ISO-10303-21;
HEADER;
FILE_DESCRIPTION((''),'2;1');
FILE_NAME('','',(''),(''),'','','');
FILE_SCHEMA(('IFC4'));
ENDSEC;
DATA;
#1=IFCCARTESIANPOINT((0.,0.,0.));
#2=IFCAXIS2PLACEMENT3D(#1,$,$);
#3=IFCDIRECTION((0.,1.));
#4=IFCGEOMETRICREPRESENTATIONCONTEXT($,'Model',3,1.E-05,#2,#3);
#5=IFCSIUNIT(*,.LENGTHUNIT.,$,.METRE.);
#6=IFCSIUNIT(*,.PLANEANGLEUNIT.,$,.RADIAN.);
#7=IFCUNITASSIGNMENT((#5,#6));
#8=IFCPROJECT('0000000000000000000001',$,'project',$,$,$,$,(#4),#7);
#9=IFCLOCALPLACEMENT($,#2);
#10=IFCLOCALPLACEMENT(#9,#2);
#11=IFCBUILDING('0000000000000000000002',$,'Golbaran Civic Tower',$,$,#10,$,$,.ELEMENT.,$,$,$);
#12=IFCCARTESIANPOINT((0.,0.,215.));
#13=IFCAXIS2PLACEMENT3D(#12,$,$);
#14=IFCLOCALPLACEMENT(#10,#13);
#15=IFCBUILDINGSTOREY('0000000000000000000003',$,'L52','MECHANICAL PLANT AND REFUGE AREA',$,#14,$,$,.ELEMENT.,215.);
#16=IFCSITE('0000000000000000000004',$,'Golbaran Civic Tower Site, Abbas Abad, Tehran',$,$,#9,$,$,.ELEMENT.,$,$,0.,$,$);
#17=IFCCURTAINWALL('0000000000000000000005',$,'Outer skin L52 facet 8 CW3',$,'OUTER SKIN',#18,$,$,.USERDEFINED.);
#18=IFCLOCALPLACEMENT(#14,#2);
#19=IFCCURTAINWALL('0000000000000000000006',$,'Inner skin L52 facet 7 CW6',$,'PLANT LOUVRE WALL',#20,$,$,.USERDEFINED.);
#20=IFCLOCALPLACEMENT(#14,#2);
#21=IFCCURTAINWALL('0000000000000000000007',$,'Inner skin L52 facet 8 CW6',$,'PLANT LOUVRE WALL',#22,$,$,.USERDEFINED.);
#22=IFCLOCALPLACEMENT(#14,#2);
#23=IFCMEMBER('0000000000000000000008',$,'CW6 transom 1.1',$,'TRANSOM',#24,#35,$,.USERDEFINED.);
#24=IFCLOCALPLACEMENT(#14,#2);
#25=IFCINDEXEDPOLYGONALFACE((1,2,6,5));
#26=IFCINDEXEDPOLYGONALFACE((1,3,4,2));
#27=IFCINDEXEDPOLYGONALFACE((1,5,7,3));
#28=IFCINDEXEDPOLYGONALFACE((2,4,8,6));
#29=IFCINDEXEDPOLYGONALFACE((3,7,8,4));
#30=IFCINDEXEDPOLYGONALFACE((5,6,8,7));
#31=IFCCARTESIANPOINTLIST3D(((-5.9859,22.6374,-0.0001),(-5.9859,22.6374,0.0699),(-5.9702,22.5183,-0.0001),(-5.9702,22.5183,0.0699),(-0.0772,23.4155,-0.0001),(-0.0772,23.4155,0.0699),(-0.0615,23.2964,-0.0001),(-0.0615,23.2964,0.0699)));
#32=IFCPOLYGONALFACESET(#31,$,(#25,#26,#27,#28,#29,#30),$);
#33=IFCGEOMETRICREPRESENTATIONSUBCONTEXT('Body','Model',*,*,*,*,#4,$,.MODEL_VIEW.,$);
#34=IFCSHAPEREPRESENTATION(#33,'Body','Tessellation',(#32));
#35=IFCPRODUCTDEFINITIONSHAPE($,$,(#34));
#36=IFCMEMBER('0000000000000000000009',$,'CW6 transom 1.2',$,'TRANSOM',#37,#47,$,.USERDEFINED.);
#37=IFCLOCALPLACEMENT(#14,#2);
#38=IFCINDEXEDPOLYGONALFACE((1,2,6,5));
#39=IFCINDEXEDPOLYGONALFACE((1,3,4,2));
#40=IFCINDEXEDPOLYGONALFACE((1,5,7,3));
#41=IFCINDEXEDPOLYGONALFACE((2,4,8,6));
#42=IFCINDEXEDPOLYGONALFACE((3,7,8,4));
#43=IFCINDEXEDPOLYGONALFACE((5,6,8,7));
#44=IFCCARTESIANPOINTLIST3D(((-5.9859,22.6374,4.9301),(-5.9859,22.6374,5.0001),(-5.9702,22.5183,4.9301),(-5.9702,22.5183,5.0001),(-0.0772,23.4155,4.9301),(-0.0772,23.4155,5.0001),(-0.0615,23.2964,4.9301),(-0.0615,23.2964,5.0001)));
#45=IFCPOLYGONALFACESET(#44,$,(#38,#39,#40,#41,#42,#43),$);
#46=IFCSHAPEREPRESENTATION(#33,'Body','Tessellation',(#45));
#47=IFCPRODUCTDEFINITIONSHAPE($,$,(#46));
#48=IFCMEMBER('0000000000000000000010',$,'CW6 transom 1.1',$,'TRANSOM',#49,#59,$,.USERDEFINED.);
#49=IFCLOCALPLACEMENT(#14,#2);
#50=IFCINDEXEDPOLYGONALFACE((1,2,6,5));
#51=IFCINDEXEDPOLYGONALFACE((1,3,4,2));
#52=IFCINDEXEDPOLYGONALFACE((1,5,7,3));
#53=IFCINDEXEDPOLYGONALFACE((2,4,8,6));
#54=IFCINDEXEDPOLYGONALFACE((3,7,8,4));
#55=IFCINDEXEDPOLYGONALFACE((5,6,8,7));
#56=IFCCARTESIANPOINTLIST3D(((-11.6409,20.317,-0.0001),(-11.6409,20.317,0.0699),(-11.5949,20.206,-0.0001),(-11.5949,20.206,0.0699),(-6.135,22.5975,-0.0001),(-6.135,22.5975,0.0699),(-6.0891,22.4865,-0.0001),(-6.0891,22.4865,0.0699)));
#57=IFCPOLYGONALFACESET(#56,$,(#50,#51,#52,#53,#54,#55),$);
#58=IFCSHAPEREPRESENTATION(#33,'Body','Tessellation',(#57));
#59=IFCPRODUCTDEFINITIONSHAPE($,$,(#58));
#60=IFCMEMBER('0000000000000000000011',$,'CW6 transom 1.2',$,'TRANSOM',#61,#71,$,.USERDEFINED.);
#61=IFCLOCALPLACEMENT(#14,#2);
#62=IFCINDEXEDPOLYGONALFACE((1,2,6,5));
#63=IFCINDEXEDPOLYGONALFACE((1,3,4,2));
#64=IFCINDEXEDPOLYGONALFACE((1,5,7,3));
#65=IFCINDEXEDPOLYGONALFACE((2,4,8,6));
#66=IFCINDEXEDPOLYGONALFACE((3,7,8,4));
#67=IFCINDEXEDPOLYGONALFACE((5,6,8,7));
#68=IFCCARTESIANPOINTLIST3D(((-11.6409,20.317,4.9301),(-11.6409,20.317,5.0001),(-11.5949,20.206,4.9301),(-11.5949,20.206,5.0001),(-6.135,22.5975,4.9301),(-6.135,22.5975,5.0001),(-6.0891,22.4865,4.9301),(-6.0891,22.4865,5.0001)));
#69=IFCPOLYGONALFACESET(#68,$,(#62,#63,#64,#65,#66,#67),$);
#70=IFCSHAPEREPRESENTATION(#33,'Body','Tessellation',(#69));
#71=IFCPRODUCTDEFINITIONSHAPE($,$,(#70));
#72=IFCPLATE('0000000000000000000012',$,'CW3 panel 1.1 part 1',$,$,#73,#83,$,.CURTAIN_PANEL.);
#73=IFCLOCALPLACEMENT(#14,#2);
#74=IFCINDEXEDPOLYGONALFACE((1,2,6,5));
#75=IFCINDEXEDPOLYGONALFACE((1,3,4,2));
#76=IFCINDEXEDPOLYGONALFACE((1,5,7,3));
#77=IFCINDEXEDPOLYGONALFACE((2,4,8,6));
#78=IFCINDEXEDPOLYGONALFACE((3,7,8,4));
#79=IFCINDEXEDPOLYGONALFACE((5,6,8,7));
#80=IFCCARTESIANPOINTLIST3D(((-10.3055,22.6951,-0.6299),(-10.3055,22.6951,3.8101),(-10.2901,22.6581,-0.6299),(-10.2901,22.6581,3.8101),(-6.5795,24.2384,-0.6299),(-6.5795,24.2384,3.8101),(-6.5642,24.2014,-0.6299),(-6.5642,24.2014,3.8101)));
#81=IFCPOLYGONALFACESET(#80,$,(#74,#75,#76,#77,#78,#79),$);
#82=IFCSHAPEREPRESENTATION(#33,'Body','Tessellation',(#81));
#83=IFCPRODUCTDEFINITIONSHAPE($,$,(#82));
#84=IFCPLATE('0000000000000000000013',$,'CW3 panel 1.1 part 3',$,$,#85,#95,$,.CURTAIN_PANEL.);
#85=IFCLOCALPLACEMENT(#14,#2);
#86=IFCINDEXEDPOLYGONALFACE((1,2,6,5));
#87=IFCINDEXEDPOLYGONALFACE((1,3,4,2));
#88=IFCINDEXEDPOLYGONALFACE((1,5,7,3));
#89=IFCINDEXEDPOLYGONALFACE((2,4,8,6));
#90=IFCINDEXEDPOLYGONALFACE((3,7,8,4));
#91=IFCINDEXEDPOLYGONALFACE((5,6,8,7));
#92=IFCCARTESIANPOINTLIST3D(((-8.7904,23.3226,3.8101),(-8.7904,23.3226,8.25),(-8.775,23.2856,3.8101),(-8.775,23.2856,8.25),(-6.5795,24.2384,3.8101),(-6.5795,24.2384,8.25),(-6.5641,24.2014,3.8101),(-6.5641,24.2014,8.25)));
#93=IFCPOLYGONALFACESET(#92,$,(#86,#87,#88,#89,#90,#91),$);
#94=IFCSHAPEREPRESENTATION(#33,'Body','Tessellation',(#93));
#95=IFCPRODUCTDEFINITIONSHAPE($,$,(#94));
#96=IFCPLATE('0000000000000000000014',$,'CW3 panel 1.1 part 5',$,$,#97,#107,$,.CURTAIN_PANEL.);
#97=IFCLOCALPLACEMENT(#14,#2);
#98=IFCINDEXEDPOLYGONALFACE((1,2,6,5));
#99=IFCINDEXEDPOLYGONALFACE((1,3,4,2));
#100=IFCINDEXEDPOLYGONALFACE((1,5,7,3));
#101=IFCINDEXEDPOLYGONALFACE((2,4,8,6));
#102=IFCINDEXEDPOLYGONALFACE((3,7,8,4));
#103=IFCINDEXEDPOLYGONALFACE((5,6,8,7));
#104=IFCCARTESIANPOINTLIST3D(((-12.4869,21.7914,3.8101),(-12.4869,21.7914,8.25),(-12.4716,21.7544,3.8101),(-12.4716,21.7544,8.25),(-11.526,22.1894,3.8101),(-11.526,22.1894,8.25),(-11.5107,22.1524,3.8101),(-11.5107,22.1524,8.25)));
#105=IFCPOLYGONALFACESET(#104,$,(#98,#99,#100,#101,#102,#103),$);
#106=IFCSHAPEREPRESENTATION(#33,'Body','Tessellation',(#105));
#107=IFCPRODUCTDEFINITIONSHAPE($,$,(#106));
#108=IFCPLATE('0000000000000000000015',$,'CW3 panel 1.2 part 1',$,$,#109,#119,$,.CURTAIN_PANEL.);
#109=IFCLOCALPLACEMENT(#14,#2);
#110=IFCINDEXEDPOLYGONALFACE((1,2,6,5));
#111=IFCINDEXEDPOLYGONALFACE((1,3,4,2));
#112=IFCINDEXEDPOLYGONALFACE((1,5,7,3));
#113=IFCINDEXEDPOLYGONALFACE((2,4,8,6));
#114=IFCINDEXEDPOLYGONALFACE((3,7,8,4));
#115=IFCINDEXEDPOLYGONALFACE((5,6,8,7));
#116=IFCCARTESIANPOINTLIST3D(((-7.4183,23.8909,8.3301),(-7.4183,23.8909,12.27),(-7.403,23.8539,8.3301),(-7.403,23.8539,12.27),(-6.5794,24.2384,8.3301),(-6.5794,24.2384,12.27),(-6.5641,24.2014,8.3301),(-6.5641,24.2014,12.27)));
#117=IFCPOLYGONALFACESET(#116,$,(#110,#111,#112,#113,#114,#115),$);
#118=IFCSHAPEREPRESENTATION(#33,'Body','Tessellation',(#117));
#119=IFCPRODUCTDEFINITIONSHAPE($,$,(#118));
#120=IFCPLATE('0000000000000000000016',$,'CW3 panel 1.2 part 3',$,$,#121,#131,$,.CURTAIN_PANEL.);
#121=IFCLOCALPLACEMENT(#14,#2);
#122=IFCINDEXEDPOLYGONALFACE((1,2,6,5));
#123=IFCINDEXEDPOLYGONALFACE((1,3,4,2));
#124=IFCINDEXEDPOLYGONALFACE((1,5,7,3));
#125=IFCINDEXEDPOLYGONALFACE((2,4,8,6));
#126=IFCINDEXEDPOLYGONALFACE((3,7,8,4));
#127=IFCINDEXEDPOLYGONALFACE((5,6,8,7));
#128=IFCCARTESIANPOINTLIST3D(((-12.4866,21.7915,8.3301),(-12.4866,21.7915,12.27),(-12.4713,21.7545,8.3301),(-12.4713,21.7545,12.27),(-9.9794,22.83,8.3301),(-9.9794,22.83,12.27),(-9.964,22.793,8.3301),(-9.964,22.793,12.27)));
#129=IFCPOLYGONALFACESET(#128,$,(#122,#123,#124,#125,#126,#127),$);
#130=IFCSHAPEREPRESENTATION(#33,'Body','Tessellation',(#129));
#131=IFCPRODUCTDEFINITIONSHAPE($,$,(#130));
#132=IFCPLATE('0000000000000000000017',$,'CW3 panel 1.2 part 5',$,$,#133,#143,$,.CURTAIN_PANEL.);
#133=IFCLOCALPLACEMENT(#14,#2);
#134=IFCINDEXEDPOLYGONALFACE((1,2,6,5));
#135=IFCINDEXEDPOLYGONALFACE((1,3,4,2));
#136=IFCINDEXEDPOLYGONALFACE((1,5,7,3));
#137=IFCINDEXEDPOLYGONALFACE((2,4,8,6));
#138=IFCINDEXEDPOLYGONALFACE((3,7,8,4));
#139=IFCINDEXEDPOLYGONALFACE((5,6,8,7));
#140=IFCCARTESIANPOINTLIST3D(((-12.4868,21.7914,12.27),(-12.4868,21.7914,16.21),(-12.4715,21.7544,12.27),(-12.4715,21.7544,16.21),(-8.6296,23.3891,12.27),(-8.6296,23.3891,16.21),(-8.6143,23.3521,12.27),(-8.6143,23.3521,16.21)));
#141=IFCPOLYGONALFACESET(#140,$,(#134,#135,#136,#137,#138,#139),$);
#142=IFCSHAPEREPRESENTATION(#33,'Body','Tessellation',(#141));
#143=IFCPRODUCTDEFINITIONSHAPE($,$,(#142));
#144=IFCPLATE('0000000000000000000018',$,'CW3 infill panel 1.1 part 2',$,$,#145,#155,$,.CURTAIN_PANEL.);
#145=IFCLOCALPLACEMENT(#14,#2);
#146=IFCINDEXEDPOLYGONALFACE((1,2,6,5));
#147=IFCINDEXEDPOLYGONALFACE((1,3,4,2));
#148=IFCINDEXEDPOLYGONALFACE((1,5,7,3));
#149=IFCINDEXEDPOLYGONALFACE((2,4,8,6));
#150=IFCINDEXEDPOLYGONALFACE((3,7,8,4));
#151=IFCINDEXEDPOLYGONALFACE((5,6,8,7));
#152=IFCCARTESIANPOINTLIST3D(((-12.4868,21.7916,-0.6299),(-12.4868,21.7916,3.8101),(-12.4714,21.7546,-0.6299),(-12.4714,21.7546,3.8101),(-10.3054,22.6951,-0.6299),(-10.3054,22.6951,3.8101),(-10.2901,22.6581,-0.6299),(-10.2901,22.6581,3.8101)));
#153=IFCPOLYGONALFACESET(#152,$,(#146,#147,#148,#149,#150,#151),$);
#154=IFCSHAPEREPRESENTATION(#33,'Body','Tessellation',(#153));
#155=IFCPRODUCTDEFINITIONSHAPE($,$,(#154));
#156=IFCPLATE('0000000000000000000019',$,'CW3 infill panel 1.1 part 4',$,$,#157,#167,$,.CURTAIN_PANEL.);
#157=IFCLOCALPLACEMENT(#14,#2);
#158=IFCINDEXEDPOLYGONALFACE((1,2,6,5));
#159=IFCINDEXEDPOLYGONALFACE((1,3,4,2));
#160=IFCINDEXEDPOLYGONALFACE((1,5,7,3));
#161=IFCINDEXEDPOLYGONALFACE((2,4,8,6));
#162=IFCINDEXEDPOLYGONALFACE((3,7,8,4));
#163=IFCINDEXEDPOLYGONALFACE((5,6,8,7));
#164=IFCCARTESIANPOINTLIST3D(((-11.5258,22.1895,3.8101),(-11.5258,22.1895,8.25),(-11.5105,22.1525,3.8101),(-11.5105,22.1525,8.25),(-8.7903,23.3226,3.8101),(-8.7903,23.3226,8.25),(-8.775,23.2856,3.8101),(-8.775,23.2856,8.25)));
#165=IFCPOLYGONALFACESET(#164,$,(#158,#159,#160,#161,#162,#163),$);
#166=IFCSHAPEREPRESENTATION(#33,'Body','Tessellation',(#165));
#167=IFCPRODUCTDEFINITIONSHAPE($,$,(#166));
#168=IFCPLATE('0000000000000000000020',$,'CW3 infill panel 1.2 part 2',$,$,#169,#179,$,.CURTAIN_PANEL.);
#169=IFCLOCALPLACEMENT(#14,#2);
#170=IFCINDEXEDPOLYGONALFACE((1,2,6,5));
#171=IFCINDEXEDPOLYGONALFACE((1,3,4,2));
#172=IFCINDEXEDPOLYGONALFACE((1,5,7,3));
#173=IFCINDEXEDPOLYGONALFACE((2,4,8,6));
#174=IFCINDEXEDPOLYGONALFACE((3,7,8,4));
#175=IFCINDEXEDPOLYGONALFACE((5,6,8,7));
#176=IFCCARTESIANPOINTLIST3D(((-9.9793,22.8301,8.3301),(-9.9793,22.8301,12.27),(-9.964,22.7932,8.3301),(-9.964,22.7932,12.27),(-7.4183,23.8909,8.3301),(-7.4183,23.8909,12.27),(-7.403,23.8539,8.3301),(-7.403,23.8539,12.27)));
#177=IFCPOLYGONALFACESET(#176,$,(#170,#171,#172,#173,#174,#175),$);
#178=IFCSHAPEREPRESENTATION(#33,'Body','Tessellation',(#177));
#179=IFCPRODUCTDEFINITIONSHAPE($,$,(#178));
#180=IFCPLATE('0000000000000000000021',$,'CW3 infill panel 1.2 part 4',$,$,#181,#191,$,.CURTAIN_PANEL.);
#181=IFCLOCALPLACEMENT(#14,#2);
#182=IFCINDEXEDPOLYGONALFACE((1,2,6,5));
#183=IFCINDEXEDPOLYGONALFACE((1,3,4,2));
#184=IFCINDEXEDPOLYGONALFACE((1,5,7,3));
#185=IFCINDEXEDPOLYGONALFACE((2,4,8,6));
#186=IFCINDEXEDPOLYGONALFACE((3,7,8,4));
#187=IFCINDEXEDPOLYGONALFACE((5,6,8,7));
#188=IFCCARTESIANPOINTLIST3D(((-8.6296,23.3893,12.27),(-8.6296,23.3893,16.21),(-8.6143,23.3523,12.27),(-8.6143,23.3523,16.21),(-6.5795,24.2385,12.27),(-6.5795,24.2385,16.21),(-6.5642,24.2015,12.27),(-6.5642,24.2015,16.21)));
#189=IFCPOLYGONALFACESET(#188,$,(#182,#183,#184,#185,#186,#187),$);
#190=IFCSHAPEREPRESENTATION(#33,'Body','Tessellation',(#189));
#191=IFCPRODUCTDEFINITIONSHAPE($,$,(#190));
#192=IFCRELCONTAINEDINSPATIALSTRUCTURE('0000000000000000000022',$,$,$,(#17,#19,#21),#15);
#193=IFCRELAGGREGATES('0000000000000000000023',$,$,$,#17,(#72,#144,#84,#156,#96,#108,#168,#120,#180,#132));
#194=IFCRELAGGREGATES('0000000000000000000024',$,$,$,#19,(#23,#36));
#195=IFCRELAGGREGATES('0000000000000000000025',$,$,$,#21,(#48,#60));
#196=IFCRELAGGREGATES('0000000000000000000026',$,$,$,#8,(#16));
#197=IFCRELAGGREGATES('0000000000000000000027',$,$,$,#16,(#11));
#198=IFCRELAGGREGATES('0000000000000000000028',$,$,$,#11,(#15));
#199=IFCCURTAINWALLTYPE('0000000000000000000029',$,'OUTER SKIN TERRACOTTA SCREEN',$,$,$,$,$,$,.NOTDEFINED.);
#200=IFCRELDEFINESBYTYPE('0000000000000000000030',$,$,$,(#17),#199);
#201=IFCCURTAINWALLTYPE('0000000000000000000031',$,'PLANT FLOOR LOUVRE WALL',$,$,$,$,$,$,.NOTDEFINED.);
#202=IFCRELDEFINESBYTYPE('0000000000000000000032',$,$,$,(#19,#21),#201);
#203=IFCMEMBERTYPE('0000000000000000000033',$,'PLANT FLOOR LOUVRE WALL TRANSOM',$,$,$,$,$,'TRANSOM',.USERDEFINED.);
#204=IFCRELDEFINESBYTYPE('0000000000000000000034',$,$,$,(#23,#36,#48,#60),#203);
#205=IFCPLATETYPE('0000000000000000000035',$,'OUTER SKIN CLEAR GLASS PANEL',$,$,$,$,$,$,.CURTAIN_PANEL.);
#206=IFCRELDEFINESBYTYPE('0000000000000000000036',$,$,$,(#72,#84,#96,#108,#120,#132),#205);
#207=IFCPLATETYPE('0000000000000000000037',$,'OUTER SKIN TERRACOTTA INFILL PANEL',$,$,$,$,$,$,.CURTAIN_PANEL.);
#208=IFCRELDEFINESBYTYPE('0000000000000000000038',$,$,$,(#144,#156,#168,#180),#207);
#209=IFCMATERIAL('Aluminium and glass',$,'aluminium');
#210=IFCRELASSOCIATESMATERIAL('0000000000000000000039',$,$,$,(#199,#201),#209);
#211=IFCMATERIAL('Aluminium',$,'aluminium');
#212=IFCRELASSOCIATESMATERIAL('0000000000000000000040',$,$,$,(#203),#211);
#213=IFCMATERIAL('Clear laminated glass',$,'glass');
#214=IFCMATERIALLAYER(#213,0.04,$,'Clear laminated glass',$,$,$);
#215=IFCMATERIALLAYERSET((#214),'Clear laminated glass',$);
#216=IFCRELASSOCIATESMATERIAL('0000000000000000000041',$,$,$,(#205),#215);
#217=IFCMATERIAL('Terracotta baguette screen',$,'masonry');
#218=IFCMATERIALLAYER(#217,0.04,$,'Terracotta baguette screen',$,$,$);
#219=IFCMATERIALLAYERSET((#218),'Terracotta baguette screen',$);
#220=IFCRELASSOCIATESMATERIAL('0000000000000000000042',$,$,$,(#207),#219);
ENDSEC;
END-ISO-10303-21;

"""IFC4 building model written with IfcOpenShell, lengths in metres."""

from ifc_helpers import new_model, si_unit, direction, frame, origin, origin_2d, place, context, subcontext, project, spatial, rectangle, extrude, material, layer, layer_set, material_profile, profile_set, type_object, element, aggregate, save


model = new_model("IFC4")

# Units and contexts
model_context = context("Model", 3, precision=1e-05, world=origin(), true_north=direction((0.0, 1.0)))
body_context = subcontext(model_context, "Body", "Model", "MODEL_VIEW")
ifc_project = project(units=[si_unit("LENGTHUNIT", "METRE"), si_unit("PLANEANGLEUNIT", "RADIAN")], contexts=[model_context])

# Site, building, storey
site_placement = place(None, origin())
site = spatial("IfcSite", under=ifc_project, at=site_placement, Name="Golbaran Civic Tower Site, Abbas Abad, Tehran", CompositionType="ELEMENT", RefElevation=0.0)
building_placement = place(site_placement, origin())
building = spatial("IfcBuilding", under=site, at=building_placement, Name="Golbaran Civic Tower", CompositionType="ELEMENT")
storey_placement = place(building_placement, frame((0.0, 0.0, 215.0)))
storey = spatial("IfcBuildingStorey", under=building, at=storey_placement, Name="L52", Description="MECHANICAL PLANT AND REFUGE AREA", CompositionType="ELEMENT", Elevation=215.0)

# Curtain wall
ifc_material_1 = material(Name="Aluminium and glass", Category="aluminium")
curtain_wall_type_1 = type_object("IfcCurtainWallType", Name="OUTER SKIN TERRACOTTA SCREEN", PredefinedType="NOTDEFINED", material=ifc_material_1)
ifc_material_2 = material(Name="Aluminium", Category="aluminium")
curtain_wall_1_placement = place(storey_placement, origin())
curtain_wall_1 = element("IfcCurtainWall", 1, at=curtain_wall_1_placement, inside=storey, type_object=curtain_wall_type_1, Name="Outer skin L52 facet 8 CW3", ObjectType="OUTER SKIN", PredefinedType="USERDEFINED")

# Curtain wall
curtain_wall_type_2 = type_object("IfcCurtainWallType", Name="PLANT FLOOR LOUVRE WALL", PredefinedType="NOTDEFINED", material=ifc_material_1)
curtain_wall_2_placement = place(storey_placement, origin())
curtain_wall_2 = element("IfcCurtainWall", 2, at=curtain_wall_2_placement, inside=storey, type_object=curtain_wall_type_2, Name="Inner skin L52 facet 7 CW6", ObjectType="PLANT LOUVRE WALL", PredefinedType="USERDEFINED")

# Curtain wall
curtain_wall_3_placement = place(storey_placement, origin())
curtain_wall_3 = element("IfcCurtainWall", 3, at=curtain_wall_3_placement, inside=storey, type_object=curtain_wall_type_2, Name="Inner skin L52 facet 8 CW6", ObjectType="PLANT LOUVRE WALL", PredefinedType="USERDEFINED")

# Members
ifc_material_profile_1 = material_profile(ifc_material_2, rectangle(XDim=0.1201, YDim=0.0701, at=origin_2d()), Name="PLANT FLOOR LOUVRE WALL TRANSOM")
ifc_profile_set_1 = profile_set([ifc_material_profile_1], Name="Aluminium")
member_type_1 = type_object("IfcMemberType", Name="PLANT FLOOR LOUVRE WALL TRANSOM", ElementType="TRANSOM", PredefinedType="USERDEFINED", material=ifc_profile_set_1)
member_1_placement = place(storey_placement, frame((-0.0693, 23.356, 0.0349), z_axis=(-0.991441, -0.130556, 0.0), x_axis=(0.130556, -0.991441, 0.0)))
member_1 = element("IfcMember", 4, at=member_1_placement, type_object=member_type_1, Name="CW6 transom 1.1", ObjectType="TRANSOM", PredefinedType="USERDEFINED", context=body_context, shape_type="SweptSolid", body=[
    extrude(rectangle(XDim=0.1201, YDim=0.0701, at=origin_2d()), origin(), (0.0, 0.0, 1.0), 5.9597),
])
member_2_placement = place(storey_placement, frame((-0.0693, 23.356, 4.9651), z_axis=(-0.991441, -0.130556, 0.0), x_axis=(0.130556, -0.991441, 0.0)))
member_2 = element("IfcMember", 5, at=member_2_placement, type_object=member_type_1, Name="CW6 transom 1.2", ObjectType="TRANSOM", PredefinedType="USERDEFINED", context=body_context, shape_type="SweptSolid", body=[
    extrude(rectangle(XDim=0.1201, YDim=0.0701, at=origin_2d()), origin(), (0.0, 0.0, 1.0), 5.9597),
])
member_3_placement = place(storey_placement, frame((-6.1121, 22.542, 0.0349), z_axis=(-0.923885, -0.382671, 0.0), x_axis=(0.382671, -0.923885, 0.0)))
member_3 = element("IfcMember", 6, at=member_3_placement, type_object=member_type_1, Name="CW6 transom 1.1", ObjectType="TRANSOM", PredefinedType="USERDEFINED", context=body_context, shape_type="SweptSolid", body=[
    extrude(rectangle(XDim=0.1201, YDim=0.0701, at=origin_2d()), origin(), (0.0, 0.0, 1.0), 5.9595),
])
member_4_placement = place(storey_placement, frame((-6.1121, 22.542, 4.9651), z_axis=(-0.923885, -0.382671, 0.0), x_axis=(0.382671, -0.923885, 0.0)))
member_4 = element("IfcMember", 7, at=member_4_placement, type_object=member_type_1, Name="CW6 transom 1.2", ObjectType="TRANSOM", PredefinedType="USERDEFINED", context=body_context, shape_type="SweptSolid", body=[
    extrude(rectangle(XDim=0.1201, YDim=0.0701, at=origin_2d()), origin(), (0.0, 0.0, 1.0), 5.9595),
])

# Plates
ifc_material_3 = material(Name="Clear laminated glass", Category="glass")
ifc_layer_1 = layer(ifc_material_3, 0.04, Name="Clear laminated glass")
ifc_layer_set_1 = layer_set([ifc_layer_1], Name="Clear laminated glass")
plate_type_1 = type_object("IfcPlateType", Name="OUTER SKIN CLEAR GLASS PANEL", PredefinedType="CURTAIN_PANEL", material=ifc_layer_set_1)
plate_1_placement = place(storey_placement, frame((-8.4348, 23.4482, -0.6299), z_axis=(0.0, 0.0, 1.0), x_axis=(-0.92388, -0.382683, 0.0)))
plate_1 = element("IfcPlate", 8, at=plate_1_placement, type_object=plate_type_1, Name="CW3 panel 1.1 part 1", PredefinedType="CURTAIN_PANEL", context=body_context, shape_type="SweptSolid", body=[
    extrude(rectangle(XDim=4.033, YDim=0.04, at=origin_2d()), origin(), (0.0, 0.0, 1.0), 4.4399),
])
plate_2_placement = place(storey_placement, frame((-7.6772, 23.762, 3.8101), z_axis=(0.0, 0.0, 1.0), x_axis=(-0.92388, -0.382683, 0.0)))
plate_2 = element("IfcPlate", 9, at=plate_2_placement, type_object=plate_type_1, Name="CW3 panel 1.1 part 3", PredefinedType="CURTAIN_PANEL", context=body_context, shape_type="SweptSolid", body=[
    extrude(rectangle(XDim=2.3931, YDim=0.04, at=origin_2d()), origin(), (0.0, 0.0, 1.0), 4.4399),
])
plate_3_placement = place(storey_placement, frame((-11.9988, 21.9719, 3.8101), z_axis=(0.0, 0.0, 1.0), x_axis=(-0.92388, -0.382683, 0.0)))
plate_3 = element("IfcPlate", 10, at=plate_3_placement, type_object=plate_type_1, Name="CW3 panel 1.1 part 5", PredefinedType="CURTAIN_PANEL", context=body_context, shape_type="SweptSolid", body=[
    extrude(rectangle(XDim=1.04, YDim=0.04, at=origin_2d()), origin(), (0.0, 0.0, 1.0), 4.4399),
])
plate_4_placement = place(storey_placement, frame((-6.9912, 24.0461, 8.3301), z_axis=(0.0, 0.0, 1.0), x_axis=(-0.92388, -0.382683, 0.0)))
plate_4 = element("IfcPlate", 11, at=plate_4_placement, type_object=plate_type_1, Name="CW3 panel 1.2 part 1", PredefinedType="CURTAIN_PANEL", context=body_context, shape_type="SweptSolid", body=[
    extrude(rectangle(XDim=0.908, YDim=0.04, at=origin_2d()), origin(), (0.0, 0.0, 1.0), 3.9399),
])
plate_5_placement = place(storey_placement, frame((-11.2253, 22.2922, 8.3301), z_axis=(0.0, 0.0, 1.0), x_axis=(-0.92388, -0.382683, 0.0)))
plate_5 = element("IfcPlate", 12, at=plate_5_placement, type_object=plate_type_1, Name="CW3 panel 1.2 part 3", PredefinedType="CURTAIN_PANEL", context=body_context, shape_type="SweptSolid", body=[
    extrude(rectangle(XDim=2.7139, YDim=0.04, at=origin_2d()), origin(), (0.0, 0.0, 1.0), 3.9399),
])
plate_6_placement = place(storey_placement, frame((-10.5505, 22.5718, 12.27), z_axis=(0.0, 0.0, 1.0), x_axis=(-0.92388, -0.382683, 0.0)))
plate_6 = element("IfcPlate", 13, at=plate_6_placement, type_object=plate_type_1, Name="CW3 panel 1.2 part 5", PredefinedType="CURTAIN_PANEL", context=body_context, shape_type="SweptSolid", body=[
    extrude(rectangle(XDim=4.175, YDim=0.04, at=origin_2d()), origin(), (0.0, 0.0, 1.0), 3.9399),
])
ifc_material_4 = material(Name="Terracotta baguette screen", Category="masonry")
ifc_layer_2 = layer(ifc_material_4, 0.04, Name="Terracotta baguette screen")
ifc_layer_set_2 = layer_set([ifc_layer_2], Name="Terracotta baguette screen")
plate_type_2 = type_object("IfcPlateType", Name="OUTER SKIN TERRACOTTA INFILL PANEL", PredefinedType="CURTAIN_PANEL", material=ifc_layer_set_2)
plate_7_placement = place(storey_placement, frame((-11.3884, 22.2249, -0.6299), z_axis=(0.0, 0.0, 1.0), x_axis=(-0.92388, -0.382683, 0.0)))
plate_7 = element("IfcPlate", 14, at=plate_7_placement, type_object=plate_type_2, Name="CW3 infill panel 1.1 part 2", PredefinedType="CURTAIN_PANEL", context=body_context, shape_type="SweptSolid", body=[
    extrude(rectangle(XDim=2.3611, YDim=0.04, at=origin_2d()), origin(), (0.0, 0.0, 1.0), 4.4399),
])
plate_8_placement = place(storey_placement, frame((-10.1504, 22.7375, 3.8101), z_axis=(0.0, 0.0, 1.0), x_axis=(-0.92388, -0.382683, 0.0)))
plate_8 = element("IfcPlate", 15, at=plate_8_placement, type_object=plate_type_2, Name="CW3 infill panel 1.1 part 4", PredefinedType="CURTAIN_PANEL", context=body_context, shape_type="SweptSolid", body=[
    extrude(rectangle(XDim=2.9609, YDim=0.04, at=origin_2d()), origin(), (0.0, 0.0, 1.0), 4.4399),
])
plate_9_placement = place(storey_placement, frame((-8.6912, 23.342, 8.3301), z_axis=(0.0, 0.0, 1.0), x_axis=(-0.92388, -0.382683, 0.0)))
plate_9 = element("IfcPlate", 16, at=plate_9_placement, type_object=plate_type_2, Name="CW3 infill panel 1.2 part 2", PredefinedType="CURTAIN_PANEL", context=body_context, shape_type="SweptSolid", body=[
    extrude(rectangle(XDim=2.772, YDim=0.04, at=origin_2d()), origin(), (0.0, 0.0, 1.0), 3.9399),
])
plate_10_placement = place(storey_placement, frame((-7.5969, 23.7954, 12.27), z_axis=(0.0, 0.0, 1.0), x_axis=(-0.92388, -0.382683, 0.0)))
plate_10 = element("IfcPlate", 17, at=plate_10_placement, type_object=plate_type_2, Name="CW3 infill panel 1.2 part 4", PredefinedType="CURTAIN_PANEL", context=body_context, shape_type="SweptSolid", body=[
    extrude(rectangle(XDim=2.219, YDim=0.04, at=origin_2d()), origin(), (0.0, 0.0, 1.0), 3.9399),
])
aggregate(curtain_wall_1, [plate_1, plate_7, plate_2, plate_8, plate_3, plate_4, plate_9, plate_5, plate_10, plate_6])
aggregate(curtain_wall_2, [member_1, member_2])
aggregate(curtain_wall_3, [member_3, member_4])

save(model, "model.ifc")
